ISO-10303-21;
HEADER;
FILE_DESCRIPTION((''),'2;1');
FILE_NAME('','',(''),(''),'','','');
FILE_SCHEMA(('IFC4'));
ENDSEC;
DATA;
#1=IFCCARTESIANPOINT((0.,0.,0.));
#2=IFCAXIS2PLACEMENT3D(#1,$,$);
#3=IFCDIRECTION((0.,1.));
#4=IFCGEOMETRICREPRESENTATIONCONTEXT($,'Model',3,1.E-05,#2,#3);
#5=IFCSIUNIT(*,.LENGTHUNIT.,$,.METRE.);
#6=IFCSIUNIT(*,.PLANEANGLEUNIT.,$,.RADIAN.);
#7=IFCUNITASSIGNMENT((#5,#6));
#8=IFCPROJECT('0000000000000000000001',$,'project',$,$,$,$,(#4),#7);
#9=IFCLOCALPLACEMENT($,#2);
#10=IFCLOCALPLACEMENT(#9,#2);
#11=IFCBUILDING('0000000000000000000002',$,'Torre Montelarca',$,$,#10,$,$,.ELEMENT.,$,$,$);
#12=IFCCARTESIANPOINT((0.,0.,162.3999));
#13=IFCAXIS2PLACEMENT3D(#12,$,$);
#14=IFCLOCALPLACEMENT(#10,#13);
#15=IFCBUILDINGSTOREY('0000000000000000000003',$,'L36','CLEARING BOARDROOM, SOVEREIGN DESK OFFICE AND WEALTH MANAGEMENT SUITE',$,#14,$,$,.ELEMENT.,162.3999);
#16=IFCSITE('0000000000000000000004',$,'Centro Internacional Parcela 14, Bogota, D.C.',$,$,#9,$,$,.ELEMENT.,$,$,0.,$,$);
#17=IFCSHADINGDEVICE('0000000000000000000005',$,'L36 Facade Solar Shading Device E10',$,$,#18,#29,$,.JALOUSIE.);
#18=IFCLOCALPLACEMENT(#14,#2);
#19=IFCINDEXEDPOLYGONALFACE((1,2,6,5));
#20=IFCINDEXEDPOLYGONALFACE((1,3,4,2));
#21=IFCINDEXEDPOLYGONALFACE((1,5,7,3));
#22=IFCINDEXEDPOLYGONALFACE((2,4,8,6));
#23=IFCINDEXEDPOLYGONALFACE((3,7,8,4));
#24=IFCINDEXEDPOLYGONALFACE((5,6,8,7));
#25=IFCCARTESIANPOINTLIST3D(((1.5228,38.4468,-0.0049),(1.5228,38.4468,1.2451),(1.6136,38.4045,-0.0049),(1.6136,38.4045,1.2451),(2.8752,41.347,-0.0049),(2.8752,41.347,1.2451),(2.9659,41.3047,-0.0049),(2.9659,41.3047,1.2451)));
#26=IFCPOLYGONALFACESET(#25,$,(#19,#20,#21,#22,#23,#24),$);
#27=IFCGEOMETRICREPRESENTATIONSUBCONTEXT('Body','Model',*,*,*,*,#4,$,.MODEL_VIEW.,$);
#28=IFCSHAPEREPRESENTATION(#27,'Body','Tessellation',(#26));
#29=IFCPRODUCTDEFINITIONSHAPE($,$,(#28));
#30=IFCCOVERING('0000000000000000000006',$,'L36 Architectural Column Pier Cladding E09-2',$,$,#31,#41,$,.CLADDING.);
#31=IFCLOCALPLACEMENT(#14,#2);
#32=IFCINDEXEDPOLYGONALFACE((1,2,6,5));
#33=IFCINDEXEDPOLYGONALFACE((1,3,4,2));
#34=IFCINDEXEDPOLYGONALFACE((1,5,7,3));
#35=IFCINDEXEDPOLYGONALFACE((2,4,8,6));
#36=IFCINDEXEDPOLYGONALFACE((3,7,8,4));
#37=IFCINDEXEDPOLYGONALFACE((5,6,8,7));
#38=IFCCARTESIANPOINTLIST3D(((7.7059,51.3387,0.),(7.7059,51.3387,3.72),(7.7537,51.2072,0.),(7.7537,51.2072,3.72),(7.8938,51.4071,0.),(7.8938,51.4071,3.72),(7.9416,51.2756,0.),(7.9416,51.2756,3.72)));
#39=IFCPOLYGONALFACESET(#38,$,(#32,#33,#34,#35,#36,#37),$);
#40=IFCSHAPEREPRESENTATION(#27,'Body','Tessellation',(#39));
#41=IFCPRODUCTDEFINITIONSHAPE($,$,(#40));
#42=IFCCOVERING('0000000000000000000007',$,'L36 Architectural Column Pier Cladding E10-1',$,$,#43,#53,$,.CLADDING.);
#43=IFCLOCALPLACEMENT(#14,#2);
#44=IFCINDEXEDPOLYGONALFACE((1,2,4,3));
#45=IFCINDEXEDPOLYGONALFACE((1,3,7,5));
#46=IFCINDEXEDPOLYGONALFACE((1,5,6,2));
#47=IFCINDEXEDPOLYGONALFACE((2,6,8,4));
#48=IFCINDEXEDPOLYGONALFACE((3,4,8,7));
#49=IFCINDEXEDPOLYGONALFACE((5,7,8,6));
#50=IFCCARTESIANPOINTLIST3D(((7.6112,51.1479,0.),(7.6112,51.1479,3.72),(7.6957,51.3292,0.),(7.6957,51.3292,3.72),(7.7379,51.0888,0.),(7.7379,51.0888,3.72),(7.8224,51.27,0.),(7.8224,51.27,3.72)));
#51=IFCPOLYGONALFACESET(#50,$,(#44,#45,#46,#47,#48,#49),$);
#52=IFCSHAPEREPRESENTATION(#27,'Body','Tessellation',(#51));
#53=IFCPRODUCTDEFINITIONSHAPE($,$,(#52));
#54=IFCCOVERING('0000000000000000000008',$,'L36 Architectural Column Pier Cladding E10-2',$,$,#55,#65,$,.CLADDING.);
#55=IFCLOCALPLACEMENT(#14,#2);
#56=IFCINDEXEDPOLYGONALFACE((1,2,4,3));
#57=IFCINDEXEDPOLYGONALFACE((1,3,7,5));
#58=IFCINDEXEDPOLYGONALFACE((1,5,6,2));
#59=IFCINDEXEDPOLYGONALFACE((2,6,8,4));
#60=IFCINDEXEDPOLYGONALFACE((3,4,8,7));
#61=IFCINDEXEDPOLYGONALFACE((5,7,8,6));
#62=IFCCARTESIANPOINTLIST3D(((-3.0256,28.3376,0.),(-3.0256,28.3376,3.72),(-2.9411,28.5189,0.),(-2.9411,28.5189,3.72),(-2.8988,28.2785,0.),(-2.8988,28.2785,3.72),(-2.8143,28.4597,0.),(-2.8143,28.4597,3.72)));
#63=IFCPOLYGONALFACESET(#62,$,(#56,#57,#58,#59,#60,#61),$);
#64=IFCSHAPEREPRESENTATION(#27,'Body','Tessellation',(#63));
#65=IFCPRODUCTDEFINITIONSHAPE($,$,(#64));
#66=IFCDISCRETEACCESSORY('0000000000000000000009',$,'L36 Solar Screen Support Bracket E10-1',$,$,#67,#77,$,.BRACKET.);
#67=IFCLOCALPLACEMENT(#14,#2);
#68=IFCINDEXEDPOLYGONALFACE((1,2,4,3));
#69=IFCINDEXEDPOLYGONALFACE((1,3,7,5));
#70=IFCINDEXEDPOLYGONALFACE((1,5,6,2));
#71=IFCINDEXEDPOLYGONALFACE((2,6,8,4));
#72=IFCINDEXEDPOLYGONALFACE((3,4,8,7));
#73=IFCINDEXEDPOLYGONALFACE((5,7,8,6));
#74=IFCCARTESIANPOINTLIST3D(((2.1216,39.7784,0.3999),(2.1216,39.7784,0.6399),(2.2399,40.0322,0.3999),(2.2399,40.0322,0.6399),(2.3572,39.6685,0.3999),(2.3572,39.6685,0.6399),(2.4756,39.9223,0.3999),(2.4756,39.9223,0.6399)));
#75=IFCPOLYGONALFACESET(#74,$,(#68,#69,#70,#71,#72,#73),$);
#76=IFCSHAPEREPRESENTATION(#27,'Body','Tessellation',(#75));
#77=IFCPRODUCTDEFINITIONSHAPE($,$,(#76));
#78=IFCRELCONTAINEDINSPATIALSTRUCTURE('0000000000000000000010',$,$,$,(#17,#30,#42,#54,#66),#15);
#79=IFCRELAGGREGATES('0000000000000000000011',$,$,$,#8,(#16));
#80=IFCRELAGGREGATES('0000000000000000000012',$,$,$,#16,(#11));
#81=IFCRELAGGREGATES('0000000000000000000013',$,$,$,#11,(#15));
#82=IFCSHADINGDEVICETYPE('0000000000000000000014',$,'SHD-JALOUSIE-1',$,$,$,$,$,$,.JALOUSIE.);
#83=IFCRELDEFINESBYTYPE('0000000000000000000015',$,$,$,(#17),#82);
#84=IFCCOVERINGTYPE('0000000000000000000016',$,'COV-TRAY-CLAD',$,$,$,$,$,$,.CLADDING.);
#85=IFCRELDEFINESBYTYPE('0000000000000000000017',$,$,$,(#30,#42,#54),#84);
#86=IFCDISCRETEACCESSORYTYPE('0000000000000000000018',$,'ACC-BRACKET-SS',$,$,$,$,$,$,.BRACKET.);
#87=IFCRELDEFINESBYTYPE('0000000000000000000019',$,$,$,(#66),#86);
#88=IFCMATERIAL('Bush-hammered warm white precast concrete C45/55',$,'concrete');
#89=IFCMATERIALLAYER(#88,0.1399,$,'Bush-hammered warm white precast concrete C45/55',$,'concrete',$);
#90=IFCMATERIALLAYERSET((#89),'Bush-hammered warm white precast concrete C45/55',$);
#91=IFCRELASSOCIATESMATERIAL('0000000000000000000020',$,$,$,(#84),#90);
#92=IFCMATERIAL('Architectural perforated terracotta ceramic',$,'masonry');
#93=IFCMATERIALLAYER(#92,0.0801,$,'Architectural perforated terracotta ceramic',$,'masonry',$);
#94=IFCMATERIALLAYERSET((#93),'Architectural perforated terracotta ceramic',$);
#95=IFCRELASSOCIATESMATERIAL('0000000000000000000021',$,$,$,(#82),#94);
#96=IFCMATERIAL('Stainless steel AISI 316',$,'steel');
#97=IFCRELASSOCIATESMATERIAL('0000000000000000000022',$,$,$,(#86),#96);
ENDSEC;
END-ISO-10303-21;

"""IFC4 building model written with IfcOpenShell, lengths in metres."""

from ifc_helpers import new_model, si_unit, direction, frame, origin, origin_2d, place, context, subcontext, project, spatial, rectangle, extrude, source, transform, mapped, material, layer, layer_set, type_object, element, save


model = new_model("IFC4")

# Units and contexts
model_context = context("Model", 3, precision=1e-05, world=origin(), true_north=direction((0.0, 1.0)))
body_context = subcontext(model_context, "Body", "Model", "MODEL_VIEW")
ifc_project = project(units=[si_unit("LENGTHUNIT", "METRE"), si_unit("PLANEANGLEUNIT", "RADIAN")], contexts=[model_context])

# Site, building, storey
site_placement = place(None, origin())
site = spatial("IfcSite", under=ifc_project, at=site_placement, Name="Centro Internacional Parcela 14, Bogota, D.C.", CompositionType="ELEMENT", RefElevation=0.0)
building_placement = place(site_placement, origin())
building = spatial("IfcBuilding", under=site, at=building_placement, Name="Torre Montelarca", CompositionType="ELEMENT")
storey_placement = place(building_placement, frame((0.0, 0.0, 162.3999)))
storey = spatial("IfcBuildingStorey", under=building, at=storey_placement, Name="L36", Description="CLEARING BOARDROOM, SOVEREIGN DESK OFFICE AND WEALTH MANAGEMENT SUITE", CompositionType="ELEMENT", Elevation=162.3999)

# Shared definitions
ifc_material_1 = material(Name="Architectural perforated terracotta ceramic", Category="masonry")

# Shared definitions
ifc_material_2 = material(Name="Bush-hammered warm white precast concrete C45/55", Category="concrete")
ifc_layer_1 = layer(ifc_material_2, 0.1399, Name="Bush-hammered warm white precast concrete C45/55", Category="concrete")
ifc_layer_set_1 = layer_set([ifc_layer_1], Name="Bush-hammered warm white precast concrete C45/55")
covering_type = type_object("IfcCoveringType", Name="COV-TRAY-CLAD", PredefinedType="CLADDING", material=ifc_layer_set_1)

# Shading device
ifc_layer_2 = layer(ifc_material_1, 0.0801, Name="Architectural perforated terracotta ceramic", Category="masonry")
ifc_layer_set_2 = layer_set([ifc_layer_2], Name="Architectural perforated terracotta ceramic")
shading_device_type = type_object("IfcShadingDeviceType", Name="SHD-JALOUSIE-1", PredefinedType="JALOUSIE", material=ifc_layer_set_2)
shared_shape_1 = source(origin(), body_context, "Body", "SweptSolid", [
    extrude(rectangle(XDim=3.2, YDim=0.1001, at=origin_2d()), origin(), (0.0, 0.0, 1.0), 1.25),
])
shading_device_placement = place(storey_placement, frame((2.2444, 39.8757, -0.0049), z_axis=(0.0, 0.0, 1.0), x_axis=(-0.422618, -0.906308, 0.0)))
element("IfcShadingDevice", 1, at=shading_device_placement, inside=storey, type_object=shading_device_type, Name="L36 Facade Solar Shading Device E10", PredefinedType="JALOUSIE", context=body_context, shape_type="MappedRepresentation", body=[
    mapped(shared_shape_1, transform((0.0, 0.0, 0.0), scale=1.0)),
])

# Coverings
shared_shape_2 = source(origin(), body_context, "Body", "SweptSolid", [
    extrude(rectangle(XDim=0.2, YDim=0.1399, at=origin_2d()), origin(), (0.0, 0.0, 1.0), 3.72),
])
for number, where, z_axis, x_axis, name in (
    (2, (7.8237, 51.3071, 0.0), (0.0, 0.0, 1.0), (-0.939694, -0.342017, 0.0), "L36 Architectural Column Pier Cladding E09-2"),
    (3, (7.7168, 51.209, 0.0), (0.0, 0.0, 1.0), (-0.422618, -0.906308, 0.0), "L36 Architectural Column Pier Cladding E10-1"),
    (4, (-2.9199, 28.3987, 0.0), (0.0, 0.0, 1.0), (-0.422618, -0.906308, 0.0), "L36 Architectural Column Pier Cladding E10-2"),
):
    element("IfcCovering", number, at=place(storey_placement, frame(where, z_axis=z_axis, x_axis=x_axis)), inside=storey, type_object=covering_type, Name=name, PredefinedType="CLADDING", context=body_context, shape_type="MappedRepresentation", body=[
        mapped(shared_shape_2, transform((0.0, 0.0, 0.0), scale=1.0)),
    ])

# Discrete accessory
ifc_material_3 = material(Name="Stainless steel AISI 316", Category="steel")
discrete_accessory_type = type_object("IfcDiscreteAccessoryType", Name="ACC-BRACKET-SS", PredefinedType="BRACKET", material=ifc_material_3)
shared_shape_3 = source(origin(), body_context, "Body", "SweptSolid", [
    extrude(rectangle(XDim=0.28, YDim=0.26, at=origin_2d()), origin(), (0.0, 0.0, 1.0), 0.24),
])
discrete_accessory_placement = place(storey_placement, frame((2.2986, 39.8503, 0.3999), z_axis=(0.0, 0.0, 1.0), x_axis=(-0.422618, -0.906308, 0.0)))
element("IfcDiscreteAccessory", 5, at=discrete_accessory_placement, inside=storey, type_object=discrete_accessory_type, Name="L36 Solar Screen Support Bracket E10-1", PredefinedType="BRACKET", context=body_context, shape_type="MappedRepresentation", body=[
    mapped(shared_shape_3, transform((0.0, 0.0, 0.0), scale=1.0)),
])

save(model, "model.ifc")
